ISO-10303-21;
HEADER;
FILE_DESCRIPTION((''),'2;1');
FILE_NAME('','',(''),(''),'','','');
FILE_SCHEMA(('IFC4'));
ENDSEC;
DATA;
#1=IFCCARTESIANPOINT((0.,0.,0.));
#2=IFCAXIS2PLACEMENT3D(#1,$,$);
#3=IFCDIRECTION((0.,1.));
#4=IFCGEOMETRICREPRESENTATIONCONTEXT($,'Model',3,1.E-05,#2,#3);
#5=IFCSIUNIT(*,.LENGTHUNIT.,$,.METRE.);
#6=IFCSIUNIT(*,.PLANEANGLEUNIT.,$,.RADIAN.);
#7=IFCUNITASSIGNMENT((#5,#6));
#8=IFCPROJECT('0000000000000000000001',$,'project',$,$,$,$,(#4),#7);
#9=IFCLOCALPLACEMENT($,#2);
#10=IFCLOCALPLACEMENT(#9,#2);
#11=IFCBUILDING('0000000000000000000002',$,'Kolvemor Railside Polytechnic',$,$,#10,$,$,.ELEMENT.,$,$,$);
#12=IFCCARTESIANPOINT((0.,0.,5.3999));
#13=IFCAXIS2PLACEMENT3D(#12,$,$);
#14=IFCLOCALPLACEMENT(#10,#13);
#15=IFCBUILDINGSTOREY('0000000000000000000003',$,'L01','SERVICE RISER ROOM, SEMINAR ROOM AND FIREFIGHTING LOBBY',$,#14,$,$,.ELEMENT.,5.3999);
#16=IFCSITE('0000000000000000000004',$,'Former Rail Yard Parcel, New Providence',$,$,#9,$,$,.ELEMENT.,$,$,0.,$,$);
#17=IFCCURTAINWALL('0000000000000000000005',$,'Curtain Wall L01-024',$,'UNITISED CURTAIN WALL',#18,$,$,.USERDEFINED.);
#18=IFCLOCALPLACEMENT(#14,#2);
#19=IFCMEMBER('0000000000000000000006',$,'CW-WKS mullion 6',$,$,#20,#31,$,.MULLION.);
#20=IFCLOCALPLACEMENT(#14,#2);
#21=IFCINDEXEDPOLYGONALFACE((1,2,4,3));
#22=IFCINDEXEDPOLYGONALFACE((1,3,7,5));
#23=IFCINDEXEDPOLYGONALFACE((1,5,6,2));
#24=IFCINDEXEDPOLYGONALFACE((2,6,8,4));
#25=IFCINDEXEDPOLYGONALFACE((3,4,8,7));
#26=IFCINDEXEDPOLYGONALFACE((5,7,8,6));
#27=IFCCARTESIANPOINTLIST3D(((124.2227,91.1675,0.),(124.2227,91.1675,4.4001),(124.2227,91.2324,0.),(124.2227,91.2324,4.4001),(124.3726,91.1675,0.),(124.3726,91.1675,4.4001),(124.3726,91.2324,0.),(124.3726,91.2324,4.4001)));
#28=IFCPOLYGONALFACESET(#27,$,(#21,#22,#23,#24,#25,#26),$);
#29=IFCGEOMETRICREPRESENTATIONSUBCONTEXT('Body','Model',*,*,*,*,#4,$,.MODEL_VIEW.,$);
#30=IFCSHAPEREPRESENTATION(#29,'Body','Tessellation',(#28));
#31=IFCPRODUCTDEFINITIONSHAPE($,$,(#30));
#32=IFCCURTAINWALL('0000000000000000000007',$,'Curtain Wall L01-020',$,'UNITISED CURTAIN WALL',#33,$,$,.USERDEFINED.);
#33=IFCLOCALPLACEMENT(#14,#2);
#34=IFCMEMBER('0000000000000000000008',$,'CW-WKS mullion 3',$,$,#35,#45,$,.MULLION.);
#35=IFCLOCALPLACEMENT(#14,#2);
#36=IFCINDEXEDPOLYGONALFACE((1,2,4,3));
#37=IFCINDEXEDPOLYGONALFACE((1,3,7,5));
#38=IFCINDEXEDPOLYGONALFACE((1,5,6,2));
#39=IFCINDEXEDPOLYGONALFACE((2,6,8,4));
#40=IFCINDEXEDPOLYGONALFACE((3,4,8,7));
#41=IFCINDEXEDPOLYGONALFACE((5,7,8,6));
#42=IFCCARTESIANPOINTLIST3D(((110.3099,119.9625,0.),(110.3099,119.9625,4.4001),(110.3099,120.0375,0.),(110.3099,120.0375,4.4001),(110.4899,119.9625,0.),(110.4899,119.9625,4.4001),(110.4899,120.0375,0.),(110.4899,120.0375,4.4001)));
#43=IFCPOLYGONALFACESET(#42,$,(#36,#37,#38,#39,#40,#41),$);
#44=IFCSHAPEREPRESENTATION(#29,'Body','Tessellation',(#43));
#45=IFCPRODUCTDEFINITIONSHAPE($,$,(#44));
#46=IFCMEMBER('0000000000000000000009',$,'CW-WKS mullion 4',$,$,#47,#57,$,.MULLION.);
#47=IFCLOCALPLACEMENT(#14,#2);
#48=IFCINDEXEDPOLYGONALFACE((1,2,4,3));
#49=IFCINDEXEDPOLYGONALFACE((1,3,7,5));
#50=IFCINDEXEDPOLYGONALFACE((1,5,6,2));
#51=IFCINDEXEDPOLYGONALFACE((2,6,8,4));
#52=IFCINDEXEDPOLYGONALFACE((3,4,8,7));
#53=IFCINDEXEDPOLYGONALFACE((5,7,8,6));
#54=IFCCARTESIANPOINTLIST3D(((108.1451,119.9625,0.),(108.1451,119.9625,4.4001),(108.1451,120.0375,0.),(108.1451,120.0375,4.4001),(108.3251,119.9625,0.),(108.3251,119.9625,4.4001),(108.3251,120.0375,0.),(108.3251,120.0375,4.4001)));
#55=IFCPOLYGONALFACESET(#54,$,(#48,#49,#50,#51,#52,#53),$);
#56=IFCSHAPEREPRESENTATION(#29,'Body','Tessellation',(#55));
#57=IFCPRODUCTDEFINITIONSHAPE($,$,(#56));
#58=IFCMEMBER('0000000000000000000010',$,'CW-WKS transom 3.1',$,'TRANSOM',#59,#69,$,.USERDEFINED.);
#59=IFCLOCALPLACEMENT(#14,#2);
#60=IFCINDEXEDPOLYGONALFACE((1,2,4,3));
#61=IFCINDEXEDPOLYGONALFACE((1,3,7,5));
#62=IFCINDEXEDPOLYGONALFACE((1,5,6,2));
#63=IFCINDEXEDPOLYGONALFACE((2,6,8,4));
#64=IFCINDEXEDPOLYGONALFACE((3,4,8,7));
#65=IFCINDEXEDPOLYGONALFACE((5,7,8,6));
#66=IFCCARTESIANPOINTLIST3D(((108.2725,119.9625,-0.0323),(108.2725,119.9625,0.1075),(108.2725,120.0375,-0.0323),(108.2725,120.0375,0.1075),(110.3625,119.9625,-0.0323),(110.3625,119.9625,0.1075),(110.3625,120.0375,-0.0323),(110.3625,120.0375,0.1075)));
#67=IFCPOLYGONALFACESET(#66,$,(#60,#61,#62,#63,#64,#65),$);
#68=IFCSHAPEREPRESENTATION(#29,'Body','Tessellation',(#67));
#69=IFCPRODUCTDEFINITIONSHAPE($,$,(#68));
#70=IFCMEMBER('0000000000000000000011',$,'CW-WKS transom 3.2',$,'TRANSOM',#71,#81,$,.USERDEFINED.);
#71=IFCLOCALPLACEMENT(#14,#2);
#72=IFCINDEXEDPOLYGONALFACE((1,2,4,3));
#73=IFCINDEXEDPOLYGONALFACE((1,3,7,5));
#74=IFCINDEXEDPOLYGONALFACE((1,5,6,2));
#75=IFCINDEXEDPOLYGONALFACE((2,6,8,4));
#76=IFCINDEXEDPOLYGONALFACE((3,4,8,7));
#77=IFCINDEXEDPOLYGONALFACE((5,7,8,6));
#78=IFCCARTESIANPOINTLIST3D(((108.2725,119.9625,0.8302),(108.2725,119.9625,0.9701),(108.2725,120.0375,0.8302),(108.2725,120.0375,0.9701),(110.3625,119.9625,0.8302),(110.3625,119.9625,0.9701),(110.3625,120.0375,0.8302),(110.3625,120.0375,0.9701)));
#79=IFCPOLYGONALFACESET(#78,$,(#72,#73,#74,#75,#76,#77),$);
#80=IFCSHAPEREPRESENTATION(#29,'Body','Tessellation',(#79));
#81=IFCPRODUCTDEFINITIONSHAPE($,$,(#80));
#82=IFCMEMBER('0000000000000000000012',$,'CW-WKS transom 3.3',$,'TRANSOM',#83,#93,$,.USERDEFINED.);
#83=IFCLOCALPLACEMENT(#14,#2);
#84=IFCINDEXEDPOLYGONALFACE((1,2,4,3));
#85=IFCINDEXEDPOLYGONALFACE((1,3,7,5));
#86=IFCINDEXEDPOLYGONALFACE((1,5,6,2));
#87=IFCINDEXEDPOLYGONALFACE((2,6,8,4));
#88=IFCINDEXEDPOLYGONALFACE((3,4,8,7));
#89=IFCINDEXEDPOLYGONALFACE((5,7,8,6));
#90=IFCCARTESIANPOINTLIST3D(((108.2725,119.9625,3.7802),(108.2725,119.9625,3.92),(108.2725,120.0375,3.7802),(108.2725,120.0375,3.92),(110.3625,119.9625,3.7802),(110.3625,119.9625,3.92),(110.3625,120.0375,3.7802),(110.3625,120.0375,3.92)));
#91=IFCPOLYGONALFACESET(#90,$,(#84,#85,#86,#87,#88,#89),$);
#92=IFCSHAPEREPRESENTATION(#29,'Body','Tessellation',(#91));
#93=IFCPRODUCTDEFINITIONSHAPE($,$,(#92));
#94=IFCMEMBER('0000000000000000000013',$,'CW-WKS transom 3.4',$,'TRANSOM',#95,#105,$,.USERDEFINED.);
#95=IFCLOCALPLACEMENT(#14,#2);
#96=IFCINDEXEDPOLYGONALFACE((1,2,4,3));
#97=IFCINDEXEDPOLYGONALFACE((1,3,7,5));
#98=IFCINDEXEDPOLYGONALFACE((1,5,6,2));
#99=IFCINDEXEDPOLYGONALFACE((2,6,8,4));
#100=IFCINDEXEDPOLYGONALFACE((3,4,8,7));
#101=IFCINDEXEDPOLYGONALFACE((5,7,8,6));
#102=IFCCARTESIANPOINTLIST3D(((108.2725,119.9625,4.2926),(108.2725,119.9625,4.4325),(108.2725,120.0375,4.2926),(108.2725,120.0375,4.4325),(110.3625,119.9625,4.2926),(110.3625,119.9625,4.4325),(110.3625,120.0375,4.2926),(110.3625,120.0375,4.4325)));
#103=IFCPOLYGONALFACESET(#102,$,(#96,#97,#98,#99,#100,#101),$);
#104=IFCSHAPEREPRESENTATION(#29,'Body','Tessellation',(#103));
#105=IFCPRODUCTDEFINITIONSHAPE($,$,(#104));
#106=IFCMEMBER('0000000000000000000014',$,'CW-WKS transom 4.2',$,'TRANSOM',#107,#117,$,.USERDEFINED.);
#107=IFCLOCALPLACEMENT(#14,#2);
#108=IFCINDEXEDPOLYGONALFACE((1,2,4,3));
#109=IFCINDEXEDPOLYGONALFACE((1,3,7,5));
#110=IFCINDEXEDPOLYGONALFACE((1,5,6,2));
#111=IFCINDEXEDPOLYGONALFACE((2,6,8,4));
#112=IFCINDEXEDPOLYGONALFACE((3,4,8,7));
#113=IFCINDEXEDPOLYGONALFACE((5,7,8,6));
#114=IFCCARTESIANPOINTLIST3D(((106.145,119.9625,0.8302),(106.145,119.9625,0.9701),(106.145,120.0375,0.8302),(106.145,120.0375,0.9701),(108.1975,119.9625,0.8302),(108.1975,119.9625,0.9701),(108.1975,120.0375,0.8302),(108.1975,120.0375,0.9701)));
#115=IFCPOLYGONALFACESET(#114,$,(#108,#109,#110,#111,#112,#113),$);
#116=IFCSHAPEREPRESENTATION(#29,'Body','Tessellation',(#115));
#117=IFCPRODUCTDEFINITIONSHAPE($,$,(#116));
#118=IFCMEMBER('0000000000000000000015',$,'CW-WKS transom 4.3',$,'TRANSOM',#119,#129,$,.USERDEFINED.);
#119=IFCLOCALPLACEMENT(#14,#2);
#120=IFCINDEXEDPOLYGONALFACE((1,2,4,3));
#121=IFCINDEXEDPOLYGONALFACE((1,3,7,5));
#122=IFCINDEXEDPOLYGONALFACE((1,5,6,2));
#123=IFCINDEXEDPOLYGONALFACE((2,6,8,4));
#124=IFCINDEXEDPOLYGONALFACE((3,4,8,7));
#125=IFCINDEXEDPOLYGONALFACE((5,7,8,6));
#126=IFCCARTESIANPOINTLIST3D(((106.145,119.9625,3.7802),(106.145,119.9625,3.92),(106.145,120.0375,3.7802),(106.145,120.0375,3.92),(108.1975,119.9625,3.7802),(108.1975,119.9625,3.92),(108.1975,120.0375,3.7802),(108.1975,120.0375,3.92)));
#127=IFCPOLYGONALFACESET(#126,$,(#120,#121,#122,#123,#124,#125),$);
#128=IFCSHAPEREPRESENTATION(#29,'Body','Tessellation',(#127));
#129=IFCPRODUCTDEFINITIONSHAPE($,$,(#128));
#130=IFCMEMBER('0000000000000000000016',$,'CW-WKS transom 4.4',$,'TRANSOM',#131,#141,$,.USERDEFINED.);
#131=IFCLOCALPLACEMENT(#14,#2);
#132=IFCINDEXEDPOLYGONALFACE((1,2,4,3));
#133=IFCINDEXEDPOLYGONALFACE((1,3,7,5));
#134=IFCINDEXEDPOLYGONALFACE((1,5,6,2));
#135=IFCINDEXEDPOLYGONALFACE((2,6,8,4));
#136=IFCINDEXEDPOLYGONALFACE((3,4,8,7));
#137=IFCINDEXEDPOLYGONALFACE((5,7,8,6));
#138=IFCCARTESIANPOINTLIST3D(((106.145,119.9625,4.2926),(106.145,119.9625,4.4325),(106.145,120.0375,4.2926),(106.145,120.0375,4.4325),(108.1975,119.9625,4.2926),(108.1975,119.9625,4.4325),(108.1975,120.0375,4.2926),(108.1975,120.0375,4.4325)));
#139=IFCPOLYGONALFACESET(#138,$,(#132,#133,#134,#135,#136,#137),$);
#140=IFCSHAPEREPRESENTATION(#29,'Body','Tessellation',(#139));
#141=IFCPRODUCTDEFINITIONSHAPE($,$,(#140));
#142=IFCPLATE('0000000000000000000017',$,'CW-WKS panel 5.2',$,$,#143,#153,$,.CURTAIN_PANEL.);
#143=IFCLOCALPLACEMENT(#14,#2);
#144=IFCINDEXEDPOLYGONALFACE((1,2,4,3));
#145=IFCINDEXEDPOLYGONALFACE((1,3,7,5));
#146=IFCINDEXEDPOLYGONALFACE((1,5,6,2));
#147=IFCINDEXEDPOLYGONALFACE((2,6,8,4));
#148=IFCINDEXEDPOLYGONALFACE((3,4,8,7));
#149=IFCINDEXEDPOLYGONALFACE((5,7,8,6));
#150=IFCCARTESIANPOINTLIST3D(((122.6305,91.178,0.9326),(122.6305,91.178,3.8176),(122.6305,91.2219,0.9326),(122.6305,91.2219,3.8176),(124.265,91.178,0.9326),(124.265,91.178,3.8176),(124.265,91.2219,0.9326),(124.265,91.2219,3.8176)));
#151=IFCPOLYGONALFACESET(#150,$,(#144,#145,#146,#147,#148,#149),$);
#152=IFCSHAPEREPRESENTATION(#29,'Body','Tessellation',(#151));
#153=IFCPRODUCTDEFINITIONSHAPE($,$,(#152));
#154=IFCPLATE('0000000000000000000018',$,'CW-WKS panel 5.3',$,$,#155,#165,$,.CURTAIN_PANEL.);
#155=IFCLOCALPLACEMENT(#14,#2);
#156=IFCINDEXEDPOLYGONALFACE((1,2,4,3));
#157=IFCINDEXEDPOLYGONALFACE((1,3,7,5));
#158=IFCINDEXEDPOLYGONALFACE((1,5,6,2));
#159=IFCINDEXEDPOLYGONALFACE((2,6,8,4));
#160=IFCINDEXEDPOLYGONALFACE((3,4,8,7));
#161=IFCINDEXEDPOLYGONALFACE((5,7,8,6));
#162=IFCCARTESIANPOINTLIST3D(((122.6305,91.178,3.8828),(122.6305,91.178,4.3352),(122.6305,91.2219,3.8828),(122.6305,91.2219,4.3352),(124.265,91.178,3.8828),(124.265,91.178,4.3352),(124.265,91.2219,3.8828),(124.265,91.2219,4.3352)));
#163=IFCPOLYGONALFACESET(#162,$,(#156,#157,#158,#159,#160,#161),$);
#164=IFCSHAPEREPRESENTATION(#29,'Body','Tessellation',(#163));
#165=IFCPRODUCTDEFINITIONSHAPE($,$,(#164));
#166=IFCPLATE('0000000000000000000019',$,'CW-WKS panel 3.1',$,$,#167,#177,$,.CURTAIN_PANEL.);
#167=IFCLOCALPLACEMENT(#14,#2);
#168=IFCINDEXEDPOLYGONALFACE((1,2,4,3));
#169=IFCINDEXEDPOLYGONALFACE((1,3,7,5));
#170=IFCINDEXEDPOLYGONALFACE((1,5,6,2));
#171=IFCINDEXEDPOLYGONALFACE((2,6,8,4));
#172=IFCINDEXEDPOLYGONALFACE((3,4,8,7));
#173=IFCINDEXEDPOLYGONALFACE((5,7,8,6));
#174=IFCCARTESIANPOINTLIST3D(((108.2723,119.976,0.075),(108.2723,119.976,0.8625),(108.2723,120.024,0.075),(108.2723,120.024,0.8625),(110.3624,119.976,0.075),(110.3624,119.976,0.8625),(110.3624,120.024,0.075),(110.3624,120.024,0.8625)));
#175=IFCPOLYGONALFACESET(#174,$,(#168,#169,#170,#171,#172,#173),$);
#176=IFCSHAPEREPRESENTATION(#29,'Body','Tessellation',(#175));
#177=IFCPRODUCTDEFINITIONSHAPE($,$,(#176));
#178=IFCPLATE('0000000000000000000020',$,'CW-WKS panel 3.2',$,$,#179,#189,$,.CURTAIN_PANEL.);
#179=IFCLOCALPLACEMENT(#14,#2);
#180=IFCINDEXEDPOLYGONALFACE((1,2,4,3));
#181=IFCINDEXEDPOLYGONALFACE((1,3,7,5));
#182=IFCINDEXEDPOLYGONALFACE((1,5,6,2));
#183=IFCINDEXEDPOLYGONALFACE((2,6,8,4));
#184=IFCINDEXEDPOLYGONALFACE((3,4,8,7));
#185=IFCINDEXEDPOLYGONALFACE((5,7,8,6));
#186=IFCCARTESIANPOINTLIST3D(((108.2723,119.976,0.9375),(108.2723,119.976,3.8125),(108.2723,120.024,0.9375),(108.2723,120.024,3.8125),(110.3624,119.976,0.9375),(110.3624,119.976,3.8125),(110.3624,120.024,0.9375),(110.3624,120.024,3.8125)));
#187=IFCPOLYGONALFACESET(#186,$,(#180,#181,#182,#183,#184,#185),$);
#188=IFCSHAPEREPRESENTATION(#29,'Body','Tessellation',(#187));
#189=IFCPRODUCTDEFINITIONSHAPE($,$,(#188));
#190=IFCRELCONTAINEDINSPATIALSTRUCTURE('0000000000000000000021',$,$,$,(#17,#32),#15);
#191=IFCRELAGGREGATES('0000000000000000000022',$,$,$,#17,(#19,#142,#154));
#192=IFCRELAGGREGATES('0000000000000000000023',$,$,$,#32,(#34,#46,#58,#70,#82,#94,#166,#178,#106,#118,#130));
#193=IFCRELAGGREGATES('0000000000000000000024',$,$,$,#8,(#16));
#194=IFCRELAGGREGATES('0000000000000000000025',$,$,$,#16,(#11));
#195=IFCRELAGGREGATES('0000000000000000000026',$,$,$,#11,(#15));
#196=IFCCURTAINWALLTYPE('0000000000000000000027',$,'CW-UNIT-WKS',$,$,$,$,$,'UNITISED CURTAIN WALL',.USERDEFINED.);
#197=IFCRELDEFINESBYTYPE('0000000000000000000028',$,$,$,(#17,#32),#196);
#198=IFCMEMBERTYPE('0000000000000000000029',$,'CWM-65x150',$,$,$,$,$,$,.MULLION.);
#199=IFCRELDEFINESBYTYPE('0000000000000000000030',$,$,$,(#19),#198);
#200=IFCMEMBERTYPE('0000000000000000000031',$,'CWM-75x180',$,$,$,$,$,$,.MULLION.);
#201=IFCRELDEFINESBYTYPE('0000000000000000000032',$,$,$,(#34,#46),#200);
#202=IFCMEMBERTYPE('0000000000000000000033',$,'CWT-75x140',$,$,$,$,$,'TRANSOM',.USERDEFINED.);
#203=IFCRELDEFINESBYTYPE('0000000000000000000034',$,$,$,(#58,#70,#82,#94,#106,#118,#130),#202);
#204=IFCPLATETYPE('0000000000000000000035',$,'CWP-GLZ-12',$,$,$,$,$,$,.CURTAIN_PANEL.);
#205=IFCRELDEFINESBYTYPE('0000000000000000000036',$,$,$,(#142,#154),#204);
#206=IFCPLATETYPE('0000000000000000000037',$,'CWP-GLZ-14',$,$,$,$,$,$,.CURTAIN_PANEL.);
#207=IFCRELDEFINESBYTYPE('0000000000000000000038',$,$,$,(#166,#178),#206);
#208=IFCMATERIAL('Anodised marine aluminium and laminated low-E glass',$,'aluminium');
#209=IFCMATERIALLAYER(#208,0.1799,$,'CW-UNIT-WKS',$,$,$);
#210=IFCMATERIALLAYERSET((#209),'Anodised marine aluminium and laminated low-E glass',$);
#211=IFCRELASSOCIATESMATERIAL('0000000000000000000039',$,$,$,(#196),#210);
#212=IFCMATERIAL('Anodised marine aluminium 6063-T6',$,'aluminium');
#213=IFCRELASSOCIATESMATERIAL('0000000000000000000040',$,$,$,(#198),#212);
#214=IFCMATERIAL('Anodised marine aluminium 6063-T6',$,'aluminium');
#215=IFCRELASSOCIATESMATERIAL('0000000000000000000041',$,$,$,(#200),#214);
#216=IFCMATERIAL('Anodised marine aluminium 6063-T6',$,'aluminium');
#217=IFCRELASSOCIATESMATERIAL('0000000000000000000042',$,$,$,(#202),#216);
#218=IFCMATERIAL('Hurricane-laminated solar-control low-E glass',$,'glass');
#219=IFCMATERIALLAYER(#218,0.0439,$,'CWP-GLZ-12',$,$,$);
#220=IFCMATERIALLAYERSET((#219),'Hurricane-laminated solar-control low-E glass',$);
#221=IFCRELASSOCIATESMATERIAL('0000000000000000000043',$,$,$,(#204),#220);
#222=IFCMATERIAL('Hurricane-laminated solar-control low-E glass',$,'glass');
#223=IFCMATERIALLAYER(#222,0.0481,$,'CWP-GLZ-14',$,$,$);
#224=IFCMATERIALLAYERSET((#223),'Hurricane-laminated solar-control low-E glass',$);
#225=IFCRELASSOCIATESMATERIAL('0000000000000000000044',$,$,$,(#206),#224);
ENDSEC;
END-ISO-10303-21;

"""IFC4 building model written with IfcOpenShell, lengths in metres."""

from ifc_helpers import new_model, si_unit, direction, frame, origin, origin_2d, place, context, subcontext, project, spatial, rectangle, extrude, material, layer, layer_set, material_profile, profile_set, type_object, element, aggregate, save


model = new_model("IFC4")

# Units and contexts
model_context = context("Model", 3, precision=1e-05, world=origin(), true_north=direction((0.0, 1.0)))
body_context = subcontext(model_context, "Body", "Model", "MODEL_VIEW")
ifc_project = project(units=[si_unit("LENGTHUNIT", "METRE"), si_unit("PLANEANGLEUNIT", "RADIAN")], contexts=[model_context])

# Site, building, storey
site_placement = place(None, origin())
site = spatial("IfcSite", under=ifc_project, at=site_placement, Name="Former Rail Yard Parcel, New Providence", CompositionType="ELEMENT", RefElevation=0.0)
building_placement = place(site_placement, origin())
building = spatial("IfcBuilding", under=site, at=building_placement, Name="Kolvemor Railside Polytechnic", CompositionType="ELEMENT")
storey_placement = place(building_placement, frame((0.0, 0.0, 5.3999)))
storey = spatial("IfcBuildingStorey", under=building, at=storey_placement, Name="L01", Description="SERVICE RISER ROOM, SEMINAR ROOM AND FIREFIGHTING LOBBY", CompositionType="ELEMENT", Elevation=5.3999)

# Curtain wall, member
ifc_material_1 = material(Name="Anodised marine aluminium and laminated low-E glass", Category="aluminium")
ifc_layer_1 = layer(ifc_material_1, 0.1799, Name="CW-UNIT-WKS")
ifc_layer_set_1 = layer_set([ifc_layer_1], Name="Anodised marine aluminium and laminated low-E glass")
curtain_wall_type = type_object("IfcCurtainWallType", Name="CW-UNIT-WKS", ElementType="UNITISED CURTAIN WALL", PredefinedType="USERDEFINED", material=ifc_layer_set_1)
curtain_wall_1_placement = place(storey_placement, origin())
curtain_wall_1 = element("IfcCurtainWall", 1, at=curtain_wall_1_placement, inside=storey, type_object=curtain_wall_type, Name="Curtain Wall L01-024", ObjectType="UNITISED CURTAIN WALL", PredefinedType="USERDEFINED")
ifc_material_2 = material(Name="Anodised marine aluminium 6063-T6", Category="aluminium")
ifc_material_profile_1 = material_profile(ifc_material_2, rectangle(XDim=0.0649, YDim=0.1499, at=origin_2d()), Name="CW-MUL-65x150")
ifc_profile_set_1 = profile_set([ifc_material_profile_1], Name="Anodised marine aluminium 6063-T6")
member_type_1 = type_object("IfcMemberType", Name="CWM-65x150", PredefinedType="MULLION", material=ifc_profile_set_1)
member_1_placement = place(storey_placement, frame((124.2976, 91.2, 0.0), z_axis=(0.0, 0.0, 1.0), x_axis=(0.0, 1.0, 0.0)))
member_1 = element("IfcMember", 2, at=member_1_placement, type_object=member_type_1, Name="CW-WKS mullion 6", PredefinedType="MULLION", context=body_context, shape_type="SweptSolid", body=[
    extrude(rectangle(XDim=0.0649, YDim=0.1499, at=origin_2d()), origin(), (0.0, 0.0, 1.0), 4.4001),
])

# Curtain wall, members
curtain_wall_2_placement = place(storey_placement, origin())
curtain_wall_2 = element("IfcCurtainWall", 3, at=curtain_wall_2_placement, inside=storey, type_object=curtain_wall_type, Name="Curtain Wall L01-020", ObjectType="UNITISED CURTAIN WALL", PredefinedType="USERDEFINED")
ifc_material_3 = material(Name="Anodised marine aluminium 6063-T6", Category="aluminium")
ifc_material_profile_2 = material_profile(ifc_material_3, rectangle(XDim=0.075, YDim=0.1799, at=origin_2d()), Name="CW-MUL-75x180")
ifc_profile_set_2 = profile_set([ifc_material_profile_2], Name="Anodised marine aluminium 6063-T6")
member_type_2 = type_object("IfcMemberType", Name="CWM-75x180", PredefinedType="MULLION", material=ifc_profile_set_2)
member_2_placement = place(storey_placement, frame((110.3999, 120.0, 0.0), z_axis=(0.0, 0.0, 1.0), x_axis=(0.0, -1.0, 0.0)))
member_2 = element("IfcMember", 4, at=member_2_placement, type_object=member_type_2, Name="CW-WKS mullion 3", PredefinedType="MULLION", context=body_context, shape_type="SweptSolid", body=[
    extrude(rectangle(XDim=0.075, YDim=0.1799, at=origin_2d()), origin(), (0.0, 0.0, 1.0), 4.4001),
])
member_3_placement = place(storey_placement, frame((108.2351, 120.0, 0.0), z_axis=(0.0, 0.0, 1.0), x_axis=(0.0, -1.0, 0.0)))
member_3 = element("IfcMember", 5, at=member_3_placement, type_object=member_type_2, Name="CW-WKS mullion 4", PredefinedType="MULLION", context=body_context, shape_type="SweptSolid", body=[
    extrude(rectangle(XDim=0.075, YDim=0.1799, at=origin_2d()), origin(), (0.0, 0.0, 1.0), 4.4001),
])
ifc_material_4 = material(Name="Anodised marine aluminium 6063-T6", Category="aluminium")
ifc_material_profile_3 = material_profile(ifc_material_4, rectangle(XDim=0.075, YDim=0.1399, at=origin_2d()), Name="CW-TRN-75x140")
ifc_profile_set_3 = profile_set([ifc_material_profile_3], Name="Anodised marine aluminium 6063-T6")
member_type_3 = type_object("IfcMemberType", Name="CWT-75x140", ElementType="TRANSOM", PredefinedType="USERDEFINED", material=ifc_profile_set_3)
member_4_placement = place(storey_placement, frame((110.3625, 120.0, 0.0376), z_axis=(-1.0, 0.0, 0.0), x_axis=(0.0, -1.0, 0.0)))
member_4 = element("IfcMember", 6, at=member_4_placement, type_object=member_type_3, Name="CW-WKS transom 3.1", ObjectType="TRANSOM", PredefinedType="USERDEFINED", context=body_context, shape_type="SweptSolid", body=[
    extrude(rectangle(XDim=0.075, YDim=0.1399, at=origin_2d()), origin(), (0.0, 0.0, 1.0), 2.0901),
])
member_5_placement = place(storey_placement, frame((110.3625, 120.0, 0.9001), z_axis=(-1.0, 0.0, 0.0), x_axis=(0.0, -1.0, 0.0)))
member_5 = element("IfcMember", 7, at=member_5_placement, type_object=member_type_3, Name="CW-WKS transom 3.2", ObjectType="TRANSOM", PredefinedType="USERDEFINED", context=body_context, shape_type="SweptSolid", body=[
    extrude(rectangle(XDim=0.075, YDim=0.1399, at=origin_2d()), origin(), (0.0, 0.0, 1.0), 2.0901),
])
member_6_placement = place(storey_placement, frame((110.3625, 120.0, 3.8501), z_axis=(-1.0, 0.0, 0.0), x_axis=(0.0, -1.0, 0.0)))
member_6 = element("IfcMember", 8, at=member_6_placement, type_object=member_type_3, Name="CW-WKS transom 3.3", ObjectType="TRANSOM", PredefinedType="USERDEFINED", context=body_context, shape_type="SweptSolid", body=[
    extrude(rectangle(XDim=0.075, YDim=0.1399, at=origin_2d()), origin(), (0.0, 0.0, 1.0), 2.0901),
])
member_7_placement = place(storey_placement, frame((110.3625, 120.0, 4.3625), z_axis=(-1.0, 0.0, 0.0), x_axis=(0.0, -1.0, 0.0)))
member_7 = element("IfcMember", 9, at=member_7_placement, type_object=member_type_3, Name="CW-WKS transom 3.4", ObjectType="TRANSOM", PredefinedType="USERDEFINED", context=body_context, shape_type="SweptSolid", body=[
    extrude(rectangle(XDim=0.075, YDim=0.1399, at=origin_2d()), origin(), (0.0, 0.0, 1.0), 2.0901),
])
member_8_placement = place(storey_placement, frame((108.1975, 120.0, 0.9001), z_axis=(-1.0, 0.0, 0.0), x_axis=(0.0, -1.0, 0.0)))
member_8 = element("IfcMember", 10, at=member_8_placement, type_object=member_type_3, Name="CW-WKS transom 4.2", ObjectType="TRANSOM", PredefinedType="USERDEFINED", context=body_context, shape_type="SweptSolid", body=[
    extrude(rectangle(XDim=0.075, YDim=0.1399, at=origin_2d()), origin(), (0.0, 0.0, 1.0), 2.0525),
])
member_9_placement = place(storey_placement, frame((108.1975, 120.0, 3.8501), z_axis=(-1.0, 0.0, 0.0), x_axis=(0.0, -1.0, 0.0)))
member_9 = element("IfcMember", 11, at=member_9_placement, type_object=member_type_3, Name="CW-WKS transom 4.3", ObjectType="TRANSOM", PredefinedType="USERDEFINED", context=body_context, shape_type="SweptSolid", body=[
    extrude(rectangle(XDim=0.075, YDim=0.1399, at=origin_2d()), origin(), (0.0, 0.0, 1.0), 2.0525),
])
member_10_placement = place(storey_placement, frame((108.1975, 120.0, 4.3625), z_axis=(-1.0, 0.0, 0.0), x_axis=(0.0, -1.0, 0.0)))
member_10 = element("IfcMember", 12, at=member_10_placement, type_object=member_type_3, Name="CW-WKS transom 4.4", ObjectType="TRANSOM", PredefinedType="USERDEFINED", context=body_context, shape_type="SweptSolid", body=[
    extrude(rectangle(XDim=0.075, YDim=0.1399, at=origin_2d()), origin(), (0.0, 0.0, 1.0), 2.0525),
])

# Plates
ifc_material_5 = material(Name="Hurricane-laminated solar-control low-E glass", Category="glass")
ifc_layer_2 = layer(ifc_material_5, 0.0439, Name="CWP-GLZ-12")
ifc_layer_set_2 = layer_set([ifc_layer_2], Name="Hurricane-laminated solar-control low-E glass")
plate_type_1 = type_object("IfcPlateType", Name="CWP-GLZ-12", PredefinedType="CURTAIN_PANEL", material=ifc_layer_set_2)
plate_1_placement = place(storey_placement, frame((123.4478, 91.2, 0.9326), z_axis=(0.0, 0.0, 1.0), x_axis=(1.0, 0.0, 0.0)))
plate_1 = element("IfcPlate", 13, at=plate_1_placement, type_object=plate_type_1, Name="CW-WKS panel 5.2", PredefinedType="CURTAIN_PANEL", context=body_context, shape_type="SweptSolid", body=[
    extrude(rectangle(XDim=1.6345, YDim=0.0439, at=origin_2d()), origin(), (0.0, 0.0, 1.0), 2.885),
])
plate_2_placement = place(storey_placement, frame((123.4478, 91.2, 3.8828), z_axis=(0.0, 0.0, 1.0), x_axis=(1.0, 0.0, 0.0)))
plate_2 = element("IfcPlate", 14, at=plate_2_placement, type_object=plate_type_1, Name="CW-WKS panel 5.3", PredefinedType="CURTAIN_PANEL", context=body_context, shape_type="SweptSolid", body=[
    extrude(rectangle(XDim=1.6345, YDim=0.0439, at=origin_2d()), origin(), (0.0, 0.0, 1.0), 0.4524),
])
aggregate(curtain_wall_1, [member_1, plate_1, plate_2])
ifc_material_6 = material(Name="Hurricane-laminated solar-control low-E glass", Category="glass")
ifc_layer_3 = layer(ifc_material_6, 0.0481, Name="CWP-GLZ-14")
ifc_layer_set_3 = layer_set([ifc_layer_3], Name="Hurricane-laminated solar-control low-E glass")
plate_type_2 = type_object("IfcPlateType", Name="CWP-GLZ-14", PredefinedType="CURTAIN_PANEL", material=ifc_layer_set_3)
plate_3_placement = place(storey_placement, frame((109.3174, 120.0, 0.075), z_axis=(0.0, 0.0, 1.0), x_axis=(-1.0, 0.0, 0.0)))
plate_3 = element("IfcPlate", 15, at=plate_3_placement, type_object=plate_type_2, Name="CW-WKS panel 3.1", PredefinedType="CURTAIN_PANEL", context=body_context, shape_type="SweptSolid", body=[
    extrude(rectangle(XDim=2.0901, YDim=0.0481, at=origin_2d()), origin(), (0.0, 0.0, 1.0), 0.7876),
])
plate_4_placement = place(storey_placement, frame((109.3174, 120.0, 0.9375), z_axis=(0.0, 0.0, 1.0), x_axis=(-1.0, 0.0, 0.0)))
plate_4 = element("IfcPlate", 16, at=plate_4_placement, type_object=plate_type_2, Name="CW-WKS panel 3.2", PredefinedType="CURTAIN_PANEL", context=body_context, shape_type="SweptSolid", body=[
    extrude(rectangle(XDim=2.0901, YDim=0.0481, at=origin_2d()), origin(), (0.0, 0.0, 1.0), 2.875),
])
aggregate(curtain_wall_2, [member_2, member_3, member_4, member_5, member_6, member_7, plate_3, plate_4, member_8, member_9, member_10])

save(model, "model.ifc")
